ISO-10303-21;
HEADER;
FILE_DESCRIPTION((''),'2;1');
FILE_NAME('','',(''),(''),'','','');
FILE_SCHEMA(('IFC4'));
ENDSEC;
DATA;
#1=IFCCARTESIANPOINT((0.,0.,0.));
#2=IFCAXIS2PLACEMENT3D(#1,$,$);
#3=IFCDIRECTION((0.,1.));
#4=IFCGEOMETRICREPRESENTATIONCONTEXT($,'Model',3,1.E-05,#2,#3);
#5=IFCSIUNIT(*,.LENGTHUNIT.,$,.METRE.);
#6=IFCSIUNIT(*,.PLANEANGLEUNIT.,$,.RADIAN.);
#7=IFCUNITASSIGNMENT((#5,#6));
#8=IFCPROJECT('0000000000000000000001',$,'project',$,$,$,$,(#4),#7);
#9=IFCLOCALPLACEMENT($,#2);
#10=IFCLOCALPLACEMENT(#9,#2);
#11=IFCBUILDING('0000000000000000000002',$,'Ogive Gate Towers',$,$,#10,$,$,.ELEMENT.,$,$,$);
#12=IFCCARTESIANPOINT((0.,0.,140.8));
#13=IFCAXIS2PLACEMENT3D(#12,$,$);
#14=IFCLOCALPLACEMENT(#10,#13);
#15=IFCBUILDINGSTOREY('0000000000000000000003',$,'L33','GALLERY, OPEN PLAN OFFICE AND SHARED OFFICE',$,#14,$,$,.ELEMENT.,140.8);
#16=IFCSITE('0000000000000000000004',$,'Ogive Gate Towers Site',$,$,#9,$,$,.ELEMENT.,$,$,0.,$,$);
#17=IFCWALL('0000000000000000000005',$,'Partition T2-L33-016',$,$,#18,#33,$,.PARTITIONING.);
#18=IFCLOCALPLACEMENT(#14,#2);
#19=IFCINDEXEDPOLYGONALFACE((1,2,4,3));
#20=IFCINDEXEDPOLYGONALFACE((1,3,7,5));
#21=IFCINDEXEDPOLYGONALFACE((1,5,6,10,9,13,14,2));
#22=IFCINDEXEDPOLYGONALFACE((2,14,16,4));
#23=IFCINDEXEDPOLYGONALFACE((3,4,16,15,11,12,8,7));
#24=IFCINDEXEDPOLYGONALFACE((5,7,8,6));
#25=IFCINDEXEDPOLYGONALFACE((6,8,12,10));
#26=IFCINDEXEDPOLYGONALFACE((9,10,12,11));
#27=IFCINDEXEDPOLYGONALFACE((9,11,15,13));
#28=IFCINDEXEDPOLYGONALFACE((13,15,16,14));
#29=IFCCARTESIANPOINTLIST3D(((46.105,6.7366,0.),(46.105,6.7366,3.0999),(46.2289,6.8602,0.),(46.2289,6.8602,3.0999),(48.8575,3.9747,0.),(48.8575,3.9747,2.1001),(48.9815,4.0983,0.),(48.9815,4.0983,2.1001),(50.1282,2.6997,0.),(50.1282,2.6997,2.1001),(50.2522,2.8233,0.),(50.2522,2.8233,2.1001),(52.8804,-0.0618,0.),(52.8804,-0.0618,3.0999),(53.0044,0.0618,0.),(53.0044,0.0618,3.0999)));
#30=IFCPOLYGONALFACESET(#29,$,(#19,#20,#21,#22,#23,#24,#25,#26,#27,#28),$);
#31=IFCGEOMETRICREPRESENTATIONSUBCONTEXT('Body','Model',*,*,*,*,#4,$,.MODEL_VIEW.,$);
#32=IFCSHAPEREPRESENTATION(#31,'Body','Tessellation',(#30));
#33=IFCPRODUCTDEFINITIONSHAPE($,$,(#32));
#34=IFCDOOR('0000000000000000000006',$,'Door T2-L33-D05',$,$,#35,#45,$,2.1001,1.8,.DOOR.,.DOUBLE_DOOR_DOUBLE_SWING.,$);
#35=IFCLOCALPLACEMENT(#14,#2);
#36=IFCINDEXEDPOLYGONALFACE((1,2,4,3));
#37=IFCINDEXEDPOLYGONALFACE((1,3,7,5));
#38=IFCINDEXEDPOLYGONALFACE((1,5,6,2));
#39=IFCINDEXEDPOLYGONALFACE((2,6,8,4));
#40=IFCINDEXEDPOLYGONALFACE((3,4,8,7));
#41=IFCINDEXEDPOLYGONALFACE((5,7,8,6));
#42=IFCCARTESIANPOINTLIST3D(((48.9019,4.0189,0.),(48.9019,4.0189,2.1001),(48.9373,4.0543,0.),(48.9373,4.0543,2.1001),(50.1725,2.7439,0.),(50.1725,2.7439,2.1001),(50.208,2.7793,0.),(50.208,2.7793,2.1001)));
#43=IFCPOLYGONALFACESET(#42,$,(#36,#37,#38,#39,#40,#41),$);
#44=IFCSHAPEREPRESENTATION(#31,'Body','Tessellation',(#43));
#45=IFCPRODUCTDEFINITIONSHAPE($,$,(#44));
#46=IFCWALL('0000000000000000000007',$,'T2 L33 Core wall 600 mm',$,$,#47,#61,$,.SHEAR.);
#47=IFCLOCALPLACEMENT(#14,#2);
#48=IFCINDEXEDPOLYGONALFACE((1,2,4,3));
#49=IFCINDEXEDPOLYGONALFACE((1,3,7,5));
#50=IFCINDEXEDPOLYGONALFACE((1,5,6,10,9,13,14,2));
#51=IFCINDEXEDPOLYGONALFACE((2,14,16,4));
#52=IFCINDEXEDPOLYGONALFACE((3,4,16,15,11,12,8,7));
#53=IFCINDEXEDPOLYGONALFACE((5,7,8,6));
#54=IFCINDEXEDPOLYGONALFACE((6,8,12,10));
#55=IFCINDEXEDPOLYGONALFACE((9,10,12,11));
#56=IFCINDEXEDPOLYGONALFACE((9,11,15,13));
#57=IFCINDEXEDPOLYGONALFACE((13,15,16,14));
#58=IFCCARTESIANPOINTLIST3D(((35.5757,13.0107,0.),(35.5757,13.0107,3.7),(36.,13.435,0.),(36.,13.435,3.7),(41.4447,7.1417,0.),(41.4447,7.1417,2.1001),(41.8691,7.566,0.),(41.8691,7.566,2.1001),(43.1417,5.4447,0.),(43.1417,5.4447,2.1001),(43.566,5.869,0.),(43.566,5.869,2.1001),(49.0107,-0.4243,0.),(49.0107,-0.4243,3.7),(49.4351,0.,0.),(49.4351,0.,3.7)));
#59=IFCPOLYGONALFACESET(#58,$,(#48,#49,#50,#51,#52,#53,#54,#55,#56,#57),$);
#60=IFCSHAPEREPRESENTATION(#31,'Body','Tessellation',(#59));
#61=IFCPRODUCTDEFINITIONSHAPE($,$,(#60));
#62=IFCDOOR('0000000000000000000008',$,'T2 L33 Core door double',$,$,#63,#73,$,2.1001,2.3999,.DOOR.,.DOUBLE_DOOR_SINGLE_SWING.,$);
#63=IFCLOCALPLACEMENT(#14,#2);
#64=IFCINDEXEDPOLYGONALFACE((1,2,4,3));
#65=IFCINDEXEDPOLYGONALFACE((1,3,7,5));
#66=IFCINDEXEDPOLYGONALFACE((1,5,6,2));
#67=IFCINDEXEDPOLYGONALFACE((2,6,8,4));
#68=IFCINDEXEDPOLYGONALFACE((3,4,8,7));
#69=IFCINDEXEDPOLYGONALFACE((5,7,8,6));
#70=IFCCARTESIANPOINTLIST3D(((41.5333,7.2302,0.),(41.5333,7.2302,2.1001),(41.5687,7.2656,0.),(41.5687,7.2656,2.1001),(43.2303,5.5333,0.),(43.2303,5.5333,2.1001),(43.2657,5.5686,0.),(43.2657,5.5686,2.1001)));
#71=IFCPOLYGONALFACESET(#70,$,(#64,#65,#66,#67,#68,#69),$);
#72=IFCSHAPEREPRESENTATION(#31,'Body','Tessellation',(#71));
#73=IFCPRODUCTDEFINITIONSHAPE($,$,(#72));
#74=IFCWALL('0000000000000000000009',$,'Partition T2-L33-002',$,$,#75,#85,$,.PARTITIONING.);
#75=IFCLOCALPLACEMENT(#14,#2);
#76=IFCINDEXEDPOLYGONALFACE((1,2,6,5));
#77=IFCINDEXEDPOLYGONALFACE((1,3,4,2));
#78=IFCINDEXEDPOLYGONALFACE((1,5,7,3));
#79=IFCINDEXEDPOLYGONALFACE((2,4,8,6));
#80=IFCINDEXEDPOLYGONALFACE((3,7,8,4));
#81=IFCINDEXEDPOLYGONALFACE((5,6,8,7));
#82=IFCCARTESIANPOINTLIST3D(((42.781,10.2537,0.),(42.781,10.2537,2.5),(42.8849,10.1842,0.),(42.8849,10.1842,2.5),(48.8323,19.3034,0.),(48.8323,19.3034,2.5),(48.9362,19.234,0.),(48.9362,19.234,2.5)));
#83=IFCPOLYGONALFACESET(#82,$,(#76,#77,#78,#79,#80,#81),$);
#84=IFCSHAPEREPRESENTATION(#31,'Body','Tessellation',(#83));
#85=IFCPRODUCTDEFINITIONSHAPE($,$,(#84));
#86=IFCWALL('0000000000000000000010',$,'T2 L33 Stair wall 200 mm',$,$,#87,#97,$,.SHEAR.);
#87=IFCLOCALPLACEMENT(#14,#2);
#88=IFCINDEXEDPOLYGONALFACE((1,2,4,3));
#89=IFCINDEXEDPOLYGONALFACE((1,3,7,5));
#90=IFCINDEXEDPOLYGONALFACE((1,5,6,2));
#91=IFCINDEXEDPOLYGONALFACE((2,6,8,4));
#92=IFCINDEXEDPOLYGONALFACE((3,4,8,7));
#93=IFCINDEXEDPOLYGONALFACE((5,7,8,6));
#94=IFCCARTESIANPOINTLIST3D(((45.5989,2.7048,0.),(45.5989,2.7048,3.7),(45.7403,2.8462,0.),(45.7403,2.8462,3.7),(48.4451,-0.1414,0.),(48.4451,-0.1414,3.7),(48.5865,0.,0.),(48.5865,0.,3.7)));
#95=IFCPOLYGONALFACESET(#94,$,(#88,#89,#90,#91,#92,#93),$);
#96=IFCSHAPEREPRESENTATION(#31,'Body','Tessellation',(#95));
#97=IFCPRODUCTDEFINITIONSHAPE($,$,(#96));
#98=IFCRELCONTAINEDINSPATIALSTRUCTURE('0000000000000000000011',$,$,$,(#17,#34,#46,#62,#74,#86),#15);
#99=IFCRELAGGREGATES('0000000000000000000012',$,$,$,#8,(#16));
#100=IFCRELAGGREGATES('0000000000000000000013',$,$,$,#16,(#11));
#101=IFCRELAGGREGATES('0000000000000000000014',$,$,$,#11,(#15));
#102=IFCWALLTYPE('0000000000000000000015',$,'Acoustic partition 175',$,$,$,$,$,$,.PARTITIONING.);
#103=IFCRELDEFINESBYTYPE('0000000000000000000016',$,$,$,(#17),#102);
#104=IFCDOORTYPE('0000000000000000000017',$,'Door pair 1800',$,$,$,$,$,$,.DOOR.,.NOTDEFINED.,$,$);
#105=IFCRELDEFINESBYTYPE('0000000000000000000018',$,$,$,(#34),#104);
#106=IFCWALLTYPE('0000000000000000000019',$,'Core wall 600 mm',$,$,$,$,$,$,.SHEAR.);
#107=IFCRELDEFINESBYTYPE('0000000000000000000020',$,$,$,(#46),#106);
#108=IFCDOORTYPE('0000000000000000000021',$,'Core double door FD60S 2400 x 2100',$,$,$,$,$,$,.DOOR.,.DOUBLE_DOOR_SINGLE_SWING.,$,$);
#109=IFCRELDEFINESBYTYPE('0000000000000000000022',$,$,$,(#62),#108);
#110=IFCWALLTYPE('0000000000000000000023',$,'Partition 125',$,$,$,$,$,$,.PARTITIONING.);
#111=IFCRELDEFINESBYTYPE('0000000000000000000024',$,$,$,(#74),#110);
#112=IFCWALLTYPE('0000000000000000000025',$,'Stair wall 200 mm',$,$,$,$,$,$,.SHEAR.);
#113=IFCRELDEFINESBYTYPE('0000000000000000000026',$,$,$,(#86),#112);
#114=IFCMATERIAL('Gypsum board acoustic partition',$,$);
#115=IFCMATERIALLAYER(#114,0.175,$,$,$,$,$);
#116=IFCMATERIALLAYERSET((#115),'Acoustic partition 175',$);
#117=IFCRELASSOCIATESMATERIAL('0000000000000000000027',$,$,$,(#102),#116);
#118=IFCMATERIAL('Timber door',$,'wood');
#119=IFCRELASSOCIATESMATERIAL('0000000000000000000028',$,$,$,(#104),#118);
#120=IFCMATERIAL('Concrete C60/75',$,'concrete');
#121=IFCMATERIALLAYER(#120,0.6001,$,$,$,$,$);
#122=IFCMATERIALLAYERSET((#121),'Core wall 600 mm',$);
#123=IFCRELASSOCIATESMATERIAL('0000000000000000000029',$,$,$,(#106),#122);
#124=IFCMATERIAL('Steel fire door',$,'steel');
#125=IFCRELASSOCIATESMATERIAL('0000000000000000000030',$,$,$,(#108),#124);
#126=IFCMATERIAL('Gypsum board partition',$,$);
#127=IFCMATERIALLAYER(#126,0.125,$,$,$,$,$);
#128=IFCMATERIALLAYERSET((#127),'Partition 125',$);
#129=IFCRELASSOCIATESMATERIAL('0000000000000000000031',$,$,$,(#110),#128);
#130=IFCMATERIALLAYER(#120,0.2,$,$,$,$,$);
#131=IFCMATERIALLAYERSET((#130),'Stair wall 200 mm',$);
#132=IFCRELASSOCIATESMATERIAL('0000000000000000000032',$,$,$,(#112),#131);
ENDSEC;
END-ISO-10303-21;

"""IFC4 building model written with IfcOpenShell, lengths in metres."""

from ifc_helpers import new_model, si_unit, direction, frame, frame_2d, origin, place, context, subcontext, project, spatial, rectangle, extrude, material, layer, layer_set, type_object, element, fill, save


model = new_model("IFC4")

# Units and contexts
model_context = context("Model", 3, precision=1e-05, world=origin(), true_north=direction((0.0, 1.0)))
body_context = subcontext(model_context, "Body", "Model", "MODEL_VIEW")
ifc_project = project(units=[si_unit("LENGTHUNIT", "METRE"), si_unit("PLANEANGLEUNIT", "RADIAN")], contexts=[model_context])

# Site, building, storey
site_placement = place(None, origin())
site = spatial("IfcSite", under=ifc_project, at=site_placement, Name="Ogive Gate Towers Site", CompositionType="ELEMENT", RefElevation=0.0)
building_placement = place(site_placement, origin())
building = spatial("IfcBuilding", under=site, at=building_placement, Name="Ogive Gate Towers", CompositionType="ELEMENT")
storey_placement = place(building_placement, frame((0.0, 0.0, 140.8)))
storey = spatial("IfcBuildingStorey", under=building, at=storey_placement, Name="L33", Description="GALLERY, OPEN PLAN OFFICE AND SHARED OFFICE", CompositionType="ELEMENT", Elevation=140.8)

# Shared definitions
ifc_material_1 = material(Name="Gypsum board acoustic partition")
ifc_layer_1 = layer(ifc_material_1, 0.175)
ifc_layer_set_1 = layer_set([ifc_layer_1], Name="Acoustic partition 175")
wall_type_1 = type_object("IfcWallType", Name="Acoustic partition 175", PredefinedType="PARTITIONING", material=ifc_layer_set_1)

# Walls, openings, doors
wall_1_placement = place(storey_placement, frame((52.9424, 0.0, 0.0), z_axis=(0.0, 0.0, 1.0), x_axis=(-0.70591, 0.708301, 0.0)))
wall_1 = element("IfcWall", 1, at=wall_1_placement, inside=storey, type_object=wall_type_1, Name="Partition T2-L33-016", PredefinedType="PARTITIONING", context=body_context, shape_type="SweptSolid", body=[
    extrude(rectangle(XDim=9.5981, YDim=0.175, at=frame_2d((4.7991, 0.0))), origin(), (0.0, 0.0, 1.0), 3.0999),
])
opening_1_placement = place(wall_1_placement, frame((3.8989, 0.0, 0.0)))
opening_1 = element("IfcOpeningElement", 2, at=opening_1_placement, cuts=wall_1, PredefinedType="OPENING", context=body_context, shape_type="SweptSolid", body=[
    extrude(rectangle(XDim=1.8, YDim=2.1001, at=frame_2d((0.8999, 1.05))), frame((0.0, 0.0977, 0.0), z_axis=(0.0, -1.0, 0.0), x_axis=(1.0, 0.0, 0.0)), (0.0, 0.0, 1.0), 0.1951),
])
ifc_material_2 = material(Name="Timber door", Category="wood")
door_type_1 = type_object("IfcDoorType", Name="Door pair 1800", OperationType="NOTDEFINED", PredefinedType="DOOR", material=ifc_material_2)
door_1_placement = place(opening_1_placement, origin())
door_1 = element("IfcDoor", 3, at=door_1_placement, inside=storey, type_object=door_type_1, Name="Door T2-L33-D05", OperationType="DOUBLE_DOOR_DOUBLE_SWING", OverallHeight=2.1001, OverallWidth=1.8, PredefinedType="DOOR", context=body_context, shape_type="SweptSolid", body=[
    extrude(rectangle(XDim=1.8, YDim=2.1001, at=frame_2d((0.8999, 1.05))), frame((0.0, 0.0249, 0.0), z_axis=(0.0, -1.0, 0.0), x_axis=(1.0, 0.0, 0.0)), (0.0, 0.0, 1.0), 0.05),
])
fill(opening_1, door_1)
ifc_material_3 = material(Name="Concrete C60/75", Category="concrete")
ifc_layer_2 = layer(ifc_material_3, 0.6001)
ifc_layer_set_2 = layer_set([ifc_layer_2], Name="Core wall 600 mm")
wall_type_2 = type_object("IfcWallType", Name="Core wall 600 mm", PredefinedType="SHEAR", material=ifc_layer_set_2)
wall_2_placement = place(storey_placement, frame((49.2229, -0.2122, 0.0), z_axis=(0.0, 0.0, 1.0), x_axis=(-0.707107, 0.707107, 0.0)))
wall_2 = element("IfcWall", 4, at=wall_2_placement, inside=storey, type_object=wall_type_2, Name="T2 L33 Core wall 600 mm", PredefinedType="SHEAR", context=body_context, shape_type="SweptSolid", body=[
    extrude(rectangle(XDim=19.0, YDim=0.6001, at=frame_2d((9.5, 0.0))), origin(), (0.0, 0.0, 1.0), 3.7),
])
opening_2_placement = place(wall_2_placement, frame((8.3, 0.0, 0.0)))
opening_2 = element("IfcOpeningElement", 5, at=opening_2_placement, cuts=wall_2, PredefinedType="OPENING", context=body_context, shape_type="SweptSolid", body=[
    extrude(rectangle(XDim=2.3999, YDim=2.1001, at=frame_2d((1.2, 1.05))), frame((0.0, 0.3101, 0.0), z_axis=(0.0, -1.0, 0.0), x_axis=(1.0, 0.0, 0.0)), (0.0, 0.0, 1.0), 0.6201),
])
ifc_material_4 = material(Name="Steel fire door", Category="steel")
door_type_2 = type_object("IfcDoorType", Name="Core double door FD60S 2400 x 2100", OperationType="DOUBLE_DOOR_SINGLE_SWING", PredefinedType="DOOR", material=ifc_material_4)
door_2_placement = place(opening_2_placement, origin())
door_2 = element("IfcDoor", 6, at=door_2_placement, inside=storey, type_object=door_type_2, Name="T2 L33 Core door double", OperationType="DOUBLE_DOOR_SINGLE_SWING", OverallHeight=2.1001, OverallWidth=2.3999, PredefinedType="DOOR", context=body_context, shape_type="SweptSolid", body=[
    extrude(rectangle(XDim=2.3999, YDim=2.1001, at=frame_2d((1.2, 1.05))), frame((0.0, 0.1748, 0.0), z_axis=(0.0, -1.0, 0.0), x_axis=(1.0, 0.0, 0.0)), (0.0, 0.0, 1.0), 0.05),
])
fill(opening_2, door_2)

# Walls
ifc_material_5 = material(Name="Gypsum board partition")
ifc_layer_3 = layer(ifc_material_5, 0.125)
ifc_layer_set_3 = layer_set([ifc_layer_3], Name="Partition 125")
wall_type_3 = type_object("IfcWallType", Name="Partition 125", PredefinedType="PARTITIONING", material=ifc_layer_set_3)
wall_3_placement = place(storey_placement, frame((48.8843, 19.2688, 0.0), z_axis=(0.0, 0.0, 1.0), x_axis=(-0.555849, -0.831284, 0.0)))
element("IfcWall", 7, at=wall_3_placement, inside=storey, type_object=wall_type_3, Name="Partition T2-L33-002", PredefinedType="PARTITIONING", context=body_context, shape_type="SweptSolid", body=[
    extrude(rectangle(XDim=10.8865, YDim=0.125, at=frame_2d((5.4434, 0.0))), origin(), (0.0, 0.0, 1.0), 2.5),
])
ifc_layer_4 = layer(ifc_material_3, 0.2)
ifc_layer_set_4 = layer_set([ifc_layer_4], Name="Stair wall 200 mm")
wall_type_4 = type_object("IfcWallType", Name="Stair wall 200 mm", PredefinedType="SHEAR", material=ifc_layer_set_4)
wall_4_placement = place(storey_placement, frame((48.5159, -0.0708, 0.0), z_axis=(0.0, 0.0, 1.0), x_axis=(-0.707107, 0.707107, 0.0)))
element("IfcWall", 8, at=wall_4_placement, inside=storey, type_object=wall_type_4, Name="T2 L33 Stair wall 200 mm", PredefinedType="SHEAR", context=body_context, shape_type="SweptSolid", body=[
    extrude(rectangle(XDim=4.0251, YDim=0.2, at=frame_2d((2.0127, 0.0))), origin(), (0.0, 0.0, 1.0), 3.7),
])

save(model, "model.ifc")
